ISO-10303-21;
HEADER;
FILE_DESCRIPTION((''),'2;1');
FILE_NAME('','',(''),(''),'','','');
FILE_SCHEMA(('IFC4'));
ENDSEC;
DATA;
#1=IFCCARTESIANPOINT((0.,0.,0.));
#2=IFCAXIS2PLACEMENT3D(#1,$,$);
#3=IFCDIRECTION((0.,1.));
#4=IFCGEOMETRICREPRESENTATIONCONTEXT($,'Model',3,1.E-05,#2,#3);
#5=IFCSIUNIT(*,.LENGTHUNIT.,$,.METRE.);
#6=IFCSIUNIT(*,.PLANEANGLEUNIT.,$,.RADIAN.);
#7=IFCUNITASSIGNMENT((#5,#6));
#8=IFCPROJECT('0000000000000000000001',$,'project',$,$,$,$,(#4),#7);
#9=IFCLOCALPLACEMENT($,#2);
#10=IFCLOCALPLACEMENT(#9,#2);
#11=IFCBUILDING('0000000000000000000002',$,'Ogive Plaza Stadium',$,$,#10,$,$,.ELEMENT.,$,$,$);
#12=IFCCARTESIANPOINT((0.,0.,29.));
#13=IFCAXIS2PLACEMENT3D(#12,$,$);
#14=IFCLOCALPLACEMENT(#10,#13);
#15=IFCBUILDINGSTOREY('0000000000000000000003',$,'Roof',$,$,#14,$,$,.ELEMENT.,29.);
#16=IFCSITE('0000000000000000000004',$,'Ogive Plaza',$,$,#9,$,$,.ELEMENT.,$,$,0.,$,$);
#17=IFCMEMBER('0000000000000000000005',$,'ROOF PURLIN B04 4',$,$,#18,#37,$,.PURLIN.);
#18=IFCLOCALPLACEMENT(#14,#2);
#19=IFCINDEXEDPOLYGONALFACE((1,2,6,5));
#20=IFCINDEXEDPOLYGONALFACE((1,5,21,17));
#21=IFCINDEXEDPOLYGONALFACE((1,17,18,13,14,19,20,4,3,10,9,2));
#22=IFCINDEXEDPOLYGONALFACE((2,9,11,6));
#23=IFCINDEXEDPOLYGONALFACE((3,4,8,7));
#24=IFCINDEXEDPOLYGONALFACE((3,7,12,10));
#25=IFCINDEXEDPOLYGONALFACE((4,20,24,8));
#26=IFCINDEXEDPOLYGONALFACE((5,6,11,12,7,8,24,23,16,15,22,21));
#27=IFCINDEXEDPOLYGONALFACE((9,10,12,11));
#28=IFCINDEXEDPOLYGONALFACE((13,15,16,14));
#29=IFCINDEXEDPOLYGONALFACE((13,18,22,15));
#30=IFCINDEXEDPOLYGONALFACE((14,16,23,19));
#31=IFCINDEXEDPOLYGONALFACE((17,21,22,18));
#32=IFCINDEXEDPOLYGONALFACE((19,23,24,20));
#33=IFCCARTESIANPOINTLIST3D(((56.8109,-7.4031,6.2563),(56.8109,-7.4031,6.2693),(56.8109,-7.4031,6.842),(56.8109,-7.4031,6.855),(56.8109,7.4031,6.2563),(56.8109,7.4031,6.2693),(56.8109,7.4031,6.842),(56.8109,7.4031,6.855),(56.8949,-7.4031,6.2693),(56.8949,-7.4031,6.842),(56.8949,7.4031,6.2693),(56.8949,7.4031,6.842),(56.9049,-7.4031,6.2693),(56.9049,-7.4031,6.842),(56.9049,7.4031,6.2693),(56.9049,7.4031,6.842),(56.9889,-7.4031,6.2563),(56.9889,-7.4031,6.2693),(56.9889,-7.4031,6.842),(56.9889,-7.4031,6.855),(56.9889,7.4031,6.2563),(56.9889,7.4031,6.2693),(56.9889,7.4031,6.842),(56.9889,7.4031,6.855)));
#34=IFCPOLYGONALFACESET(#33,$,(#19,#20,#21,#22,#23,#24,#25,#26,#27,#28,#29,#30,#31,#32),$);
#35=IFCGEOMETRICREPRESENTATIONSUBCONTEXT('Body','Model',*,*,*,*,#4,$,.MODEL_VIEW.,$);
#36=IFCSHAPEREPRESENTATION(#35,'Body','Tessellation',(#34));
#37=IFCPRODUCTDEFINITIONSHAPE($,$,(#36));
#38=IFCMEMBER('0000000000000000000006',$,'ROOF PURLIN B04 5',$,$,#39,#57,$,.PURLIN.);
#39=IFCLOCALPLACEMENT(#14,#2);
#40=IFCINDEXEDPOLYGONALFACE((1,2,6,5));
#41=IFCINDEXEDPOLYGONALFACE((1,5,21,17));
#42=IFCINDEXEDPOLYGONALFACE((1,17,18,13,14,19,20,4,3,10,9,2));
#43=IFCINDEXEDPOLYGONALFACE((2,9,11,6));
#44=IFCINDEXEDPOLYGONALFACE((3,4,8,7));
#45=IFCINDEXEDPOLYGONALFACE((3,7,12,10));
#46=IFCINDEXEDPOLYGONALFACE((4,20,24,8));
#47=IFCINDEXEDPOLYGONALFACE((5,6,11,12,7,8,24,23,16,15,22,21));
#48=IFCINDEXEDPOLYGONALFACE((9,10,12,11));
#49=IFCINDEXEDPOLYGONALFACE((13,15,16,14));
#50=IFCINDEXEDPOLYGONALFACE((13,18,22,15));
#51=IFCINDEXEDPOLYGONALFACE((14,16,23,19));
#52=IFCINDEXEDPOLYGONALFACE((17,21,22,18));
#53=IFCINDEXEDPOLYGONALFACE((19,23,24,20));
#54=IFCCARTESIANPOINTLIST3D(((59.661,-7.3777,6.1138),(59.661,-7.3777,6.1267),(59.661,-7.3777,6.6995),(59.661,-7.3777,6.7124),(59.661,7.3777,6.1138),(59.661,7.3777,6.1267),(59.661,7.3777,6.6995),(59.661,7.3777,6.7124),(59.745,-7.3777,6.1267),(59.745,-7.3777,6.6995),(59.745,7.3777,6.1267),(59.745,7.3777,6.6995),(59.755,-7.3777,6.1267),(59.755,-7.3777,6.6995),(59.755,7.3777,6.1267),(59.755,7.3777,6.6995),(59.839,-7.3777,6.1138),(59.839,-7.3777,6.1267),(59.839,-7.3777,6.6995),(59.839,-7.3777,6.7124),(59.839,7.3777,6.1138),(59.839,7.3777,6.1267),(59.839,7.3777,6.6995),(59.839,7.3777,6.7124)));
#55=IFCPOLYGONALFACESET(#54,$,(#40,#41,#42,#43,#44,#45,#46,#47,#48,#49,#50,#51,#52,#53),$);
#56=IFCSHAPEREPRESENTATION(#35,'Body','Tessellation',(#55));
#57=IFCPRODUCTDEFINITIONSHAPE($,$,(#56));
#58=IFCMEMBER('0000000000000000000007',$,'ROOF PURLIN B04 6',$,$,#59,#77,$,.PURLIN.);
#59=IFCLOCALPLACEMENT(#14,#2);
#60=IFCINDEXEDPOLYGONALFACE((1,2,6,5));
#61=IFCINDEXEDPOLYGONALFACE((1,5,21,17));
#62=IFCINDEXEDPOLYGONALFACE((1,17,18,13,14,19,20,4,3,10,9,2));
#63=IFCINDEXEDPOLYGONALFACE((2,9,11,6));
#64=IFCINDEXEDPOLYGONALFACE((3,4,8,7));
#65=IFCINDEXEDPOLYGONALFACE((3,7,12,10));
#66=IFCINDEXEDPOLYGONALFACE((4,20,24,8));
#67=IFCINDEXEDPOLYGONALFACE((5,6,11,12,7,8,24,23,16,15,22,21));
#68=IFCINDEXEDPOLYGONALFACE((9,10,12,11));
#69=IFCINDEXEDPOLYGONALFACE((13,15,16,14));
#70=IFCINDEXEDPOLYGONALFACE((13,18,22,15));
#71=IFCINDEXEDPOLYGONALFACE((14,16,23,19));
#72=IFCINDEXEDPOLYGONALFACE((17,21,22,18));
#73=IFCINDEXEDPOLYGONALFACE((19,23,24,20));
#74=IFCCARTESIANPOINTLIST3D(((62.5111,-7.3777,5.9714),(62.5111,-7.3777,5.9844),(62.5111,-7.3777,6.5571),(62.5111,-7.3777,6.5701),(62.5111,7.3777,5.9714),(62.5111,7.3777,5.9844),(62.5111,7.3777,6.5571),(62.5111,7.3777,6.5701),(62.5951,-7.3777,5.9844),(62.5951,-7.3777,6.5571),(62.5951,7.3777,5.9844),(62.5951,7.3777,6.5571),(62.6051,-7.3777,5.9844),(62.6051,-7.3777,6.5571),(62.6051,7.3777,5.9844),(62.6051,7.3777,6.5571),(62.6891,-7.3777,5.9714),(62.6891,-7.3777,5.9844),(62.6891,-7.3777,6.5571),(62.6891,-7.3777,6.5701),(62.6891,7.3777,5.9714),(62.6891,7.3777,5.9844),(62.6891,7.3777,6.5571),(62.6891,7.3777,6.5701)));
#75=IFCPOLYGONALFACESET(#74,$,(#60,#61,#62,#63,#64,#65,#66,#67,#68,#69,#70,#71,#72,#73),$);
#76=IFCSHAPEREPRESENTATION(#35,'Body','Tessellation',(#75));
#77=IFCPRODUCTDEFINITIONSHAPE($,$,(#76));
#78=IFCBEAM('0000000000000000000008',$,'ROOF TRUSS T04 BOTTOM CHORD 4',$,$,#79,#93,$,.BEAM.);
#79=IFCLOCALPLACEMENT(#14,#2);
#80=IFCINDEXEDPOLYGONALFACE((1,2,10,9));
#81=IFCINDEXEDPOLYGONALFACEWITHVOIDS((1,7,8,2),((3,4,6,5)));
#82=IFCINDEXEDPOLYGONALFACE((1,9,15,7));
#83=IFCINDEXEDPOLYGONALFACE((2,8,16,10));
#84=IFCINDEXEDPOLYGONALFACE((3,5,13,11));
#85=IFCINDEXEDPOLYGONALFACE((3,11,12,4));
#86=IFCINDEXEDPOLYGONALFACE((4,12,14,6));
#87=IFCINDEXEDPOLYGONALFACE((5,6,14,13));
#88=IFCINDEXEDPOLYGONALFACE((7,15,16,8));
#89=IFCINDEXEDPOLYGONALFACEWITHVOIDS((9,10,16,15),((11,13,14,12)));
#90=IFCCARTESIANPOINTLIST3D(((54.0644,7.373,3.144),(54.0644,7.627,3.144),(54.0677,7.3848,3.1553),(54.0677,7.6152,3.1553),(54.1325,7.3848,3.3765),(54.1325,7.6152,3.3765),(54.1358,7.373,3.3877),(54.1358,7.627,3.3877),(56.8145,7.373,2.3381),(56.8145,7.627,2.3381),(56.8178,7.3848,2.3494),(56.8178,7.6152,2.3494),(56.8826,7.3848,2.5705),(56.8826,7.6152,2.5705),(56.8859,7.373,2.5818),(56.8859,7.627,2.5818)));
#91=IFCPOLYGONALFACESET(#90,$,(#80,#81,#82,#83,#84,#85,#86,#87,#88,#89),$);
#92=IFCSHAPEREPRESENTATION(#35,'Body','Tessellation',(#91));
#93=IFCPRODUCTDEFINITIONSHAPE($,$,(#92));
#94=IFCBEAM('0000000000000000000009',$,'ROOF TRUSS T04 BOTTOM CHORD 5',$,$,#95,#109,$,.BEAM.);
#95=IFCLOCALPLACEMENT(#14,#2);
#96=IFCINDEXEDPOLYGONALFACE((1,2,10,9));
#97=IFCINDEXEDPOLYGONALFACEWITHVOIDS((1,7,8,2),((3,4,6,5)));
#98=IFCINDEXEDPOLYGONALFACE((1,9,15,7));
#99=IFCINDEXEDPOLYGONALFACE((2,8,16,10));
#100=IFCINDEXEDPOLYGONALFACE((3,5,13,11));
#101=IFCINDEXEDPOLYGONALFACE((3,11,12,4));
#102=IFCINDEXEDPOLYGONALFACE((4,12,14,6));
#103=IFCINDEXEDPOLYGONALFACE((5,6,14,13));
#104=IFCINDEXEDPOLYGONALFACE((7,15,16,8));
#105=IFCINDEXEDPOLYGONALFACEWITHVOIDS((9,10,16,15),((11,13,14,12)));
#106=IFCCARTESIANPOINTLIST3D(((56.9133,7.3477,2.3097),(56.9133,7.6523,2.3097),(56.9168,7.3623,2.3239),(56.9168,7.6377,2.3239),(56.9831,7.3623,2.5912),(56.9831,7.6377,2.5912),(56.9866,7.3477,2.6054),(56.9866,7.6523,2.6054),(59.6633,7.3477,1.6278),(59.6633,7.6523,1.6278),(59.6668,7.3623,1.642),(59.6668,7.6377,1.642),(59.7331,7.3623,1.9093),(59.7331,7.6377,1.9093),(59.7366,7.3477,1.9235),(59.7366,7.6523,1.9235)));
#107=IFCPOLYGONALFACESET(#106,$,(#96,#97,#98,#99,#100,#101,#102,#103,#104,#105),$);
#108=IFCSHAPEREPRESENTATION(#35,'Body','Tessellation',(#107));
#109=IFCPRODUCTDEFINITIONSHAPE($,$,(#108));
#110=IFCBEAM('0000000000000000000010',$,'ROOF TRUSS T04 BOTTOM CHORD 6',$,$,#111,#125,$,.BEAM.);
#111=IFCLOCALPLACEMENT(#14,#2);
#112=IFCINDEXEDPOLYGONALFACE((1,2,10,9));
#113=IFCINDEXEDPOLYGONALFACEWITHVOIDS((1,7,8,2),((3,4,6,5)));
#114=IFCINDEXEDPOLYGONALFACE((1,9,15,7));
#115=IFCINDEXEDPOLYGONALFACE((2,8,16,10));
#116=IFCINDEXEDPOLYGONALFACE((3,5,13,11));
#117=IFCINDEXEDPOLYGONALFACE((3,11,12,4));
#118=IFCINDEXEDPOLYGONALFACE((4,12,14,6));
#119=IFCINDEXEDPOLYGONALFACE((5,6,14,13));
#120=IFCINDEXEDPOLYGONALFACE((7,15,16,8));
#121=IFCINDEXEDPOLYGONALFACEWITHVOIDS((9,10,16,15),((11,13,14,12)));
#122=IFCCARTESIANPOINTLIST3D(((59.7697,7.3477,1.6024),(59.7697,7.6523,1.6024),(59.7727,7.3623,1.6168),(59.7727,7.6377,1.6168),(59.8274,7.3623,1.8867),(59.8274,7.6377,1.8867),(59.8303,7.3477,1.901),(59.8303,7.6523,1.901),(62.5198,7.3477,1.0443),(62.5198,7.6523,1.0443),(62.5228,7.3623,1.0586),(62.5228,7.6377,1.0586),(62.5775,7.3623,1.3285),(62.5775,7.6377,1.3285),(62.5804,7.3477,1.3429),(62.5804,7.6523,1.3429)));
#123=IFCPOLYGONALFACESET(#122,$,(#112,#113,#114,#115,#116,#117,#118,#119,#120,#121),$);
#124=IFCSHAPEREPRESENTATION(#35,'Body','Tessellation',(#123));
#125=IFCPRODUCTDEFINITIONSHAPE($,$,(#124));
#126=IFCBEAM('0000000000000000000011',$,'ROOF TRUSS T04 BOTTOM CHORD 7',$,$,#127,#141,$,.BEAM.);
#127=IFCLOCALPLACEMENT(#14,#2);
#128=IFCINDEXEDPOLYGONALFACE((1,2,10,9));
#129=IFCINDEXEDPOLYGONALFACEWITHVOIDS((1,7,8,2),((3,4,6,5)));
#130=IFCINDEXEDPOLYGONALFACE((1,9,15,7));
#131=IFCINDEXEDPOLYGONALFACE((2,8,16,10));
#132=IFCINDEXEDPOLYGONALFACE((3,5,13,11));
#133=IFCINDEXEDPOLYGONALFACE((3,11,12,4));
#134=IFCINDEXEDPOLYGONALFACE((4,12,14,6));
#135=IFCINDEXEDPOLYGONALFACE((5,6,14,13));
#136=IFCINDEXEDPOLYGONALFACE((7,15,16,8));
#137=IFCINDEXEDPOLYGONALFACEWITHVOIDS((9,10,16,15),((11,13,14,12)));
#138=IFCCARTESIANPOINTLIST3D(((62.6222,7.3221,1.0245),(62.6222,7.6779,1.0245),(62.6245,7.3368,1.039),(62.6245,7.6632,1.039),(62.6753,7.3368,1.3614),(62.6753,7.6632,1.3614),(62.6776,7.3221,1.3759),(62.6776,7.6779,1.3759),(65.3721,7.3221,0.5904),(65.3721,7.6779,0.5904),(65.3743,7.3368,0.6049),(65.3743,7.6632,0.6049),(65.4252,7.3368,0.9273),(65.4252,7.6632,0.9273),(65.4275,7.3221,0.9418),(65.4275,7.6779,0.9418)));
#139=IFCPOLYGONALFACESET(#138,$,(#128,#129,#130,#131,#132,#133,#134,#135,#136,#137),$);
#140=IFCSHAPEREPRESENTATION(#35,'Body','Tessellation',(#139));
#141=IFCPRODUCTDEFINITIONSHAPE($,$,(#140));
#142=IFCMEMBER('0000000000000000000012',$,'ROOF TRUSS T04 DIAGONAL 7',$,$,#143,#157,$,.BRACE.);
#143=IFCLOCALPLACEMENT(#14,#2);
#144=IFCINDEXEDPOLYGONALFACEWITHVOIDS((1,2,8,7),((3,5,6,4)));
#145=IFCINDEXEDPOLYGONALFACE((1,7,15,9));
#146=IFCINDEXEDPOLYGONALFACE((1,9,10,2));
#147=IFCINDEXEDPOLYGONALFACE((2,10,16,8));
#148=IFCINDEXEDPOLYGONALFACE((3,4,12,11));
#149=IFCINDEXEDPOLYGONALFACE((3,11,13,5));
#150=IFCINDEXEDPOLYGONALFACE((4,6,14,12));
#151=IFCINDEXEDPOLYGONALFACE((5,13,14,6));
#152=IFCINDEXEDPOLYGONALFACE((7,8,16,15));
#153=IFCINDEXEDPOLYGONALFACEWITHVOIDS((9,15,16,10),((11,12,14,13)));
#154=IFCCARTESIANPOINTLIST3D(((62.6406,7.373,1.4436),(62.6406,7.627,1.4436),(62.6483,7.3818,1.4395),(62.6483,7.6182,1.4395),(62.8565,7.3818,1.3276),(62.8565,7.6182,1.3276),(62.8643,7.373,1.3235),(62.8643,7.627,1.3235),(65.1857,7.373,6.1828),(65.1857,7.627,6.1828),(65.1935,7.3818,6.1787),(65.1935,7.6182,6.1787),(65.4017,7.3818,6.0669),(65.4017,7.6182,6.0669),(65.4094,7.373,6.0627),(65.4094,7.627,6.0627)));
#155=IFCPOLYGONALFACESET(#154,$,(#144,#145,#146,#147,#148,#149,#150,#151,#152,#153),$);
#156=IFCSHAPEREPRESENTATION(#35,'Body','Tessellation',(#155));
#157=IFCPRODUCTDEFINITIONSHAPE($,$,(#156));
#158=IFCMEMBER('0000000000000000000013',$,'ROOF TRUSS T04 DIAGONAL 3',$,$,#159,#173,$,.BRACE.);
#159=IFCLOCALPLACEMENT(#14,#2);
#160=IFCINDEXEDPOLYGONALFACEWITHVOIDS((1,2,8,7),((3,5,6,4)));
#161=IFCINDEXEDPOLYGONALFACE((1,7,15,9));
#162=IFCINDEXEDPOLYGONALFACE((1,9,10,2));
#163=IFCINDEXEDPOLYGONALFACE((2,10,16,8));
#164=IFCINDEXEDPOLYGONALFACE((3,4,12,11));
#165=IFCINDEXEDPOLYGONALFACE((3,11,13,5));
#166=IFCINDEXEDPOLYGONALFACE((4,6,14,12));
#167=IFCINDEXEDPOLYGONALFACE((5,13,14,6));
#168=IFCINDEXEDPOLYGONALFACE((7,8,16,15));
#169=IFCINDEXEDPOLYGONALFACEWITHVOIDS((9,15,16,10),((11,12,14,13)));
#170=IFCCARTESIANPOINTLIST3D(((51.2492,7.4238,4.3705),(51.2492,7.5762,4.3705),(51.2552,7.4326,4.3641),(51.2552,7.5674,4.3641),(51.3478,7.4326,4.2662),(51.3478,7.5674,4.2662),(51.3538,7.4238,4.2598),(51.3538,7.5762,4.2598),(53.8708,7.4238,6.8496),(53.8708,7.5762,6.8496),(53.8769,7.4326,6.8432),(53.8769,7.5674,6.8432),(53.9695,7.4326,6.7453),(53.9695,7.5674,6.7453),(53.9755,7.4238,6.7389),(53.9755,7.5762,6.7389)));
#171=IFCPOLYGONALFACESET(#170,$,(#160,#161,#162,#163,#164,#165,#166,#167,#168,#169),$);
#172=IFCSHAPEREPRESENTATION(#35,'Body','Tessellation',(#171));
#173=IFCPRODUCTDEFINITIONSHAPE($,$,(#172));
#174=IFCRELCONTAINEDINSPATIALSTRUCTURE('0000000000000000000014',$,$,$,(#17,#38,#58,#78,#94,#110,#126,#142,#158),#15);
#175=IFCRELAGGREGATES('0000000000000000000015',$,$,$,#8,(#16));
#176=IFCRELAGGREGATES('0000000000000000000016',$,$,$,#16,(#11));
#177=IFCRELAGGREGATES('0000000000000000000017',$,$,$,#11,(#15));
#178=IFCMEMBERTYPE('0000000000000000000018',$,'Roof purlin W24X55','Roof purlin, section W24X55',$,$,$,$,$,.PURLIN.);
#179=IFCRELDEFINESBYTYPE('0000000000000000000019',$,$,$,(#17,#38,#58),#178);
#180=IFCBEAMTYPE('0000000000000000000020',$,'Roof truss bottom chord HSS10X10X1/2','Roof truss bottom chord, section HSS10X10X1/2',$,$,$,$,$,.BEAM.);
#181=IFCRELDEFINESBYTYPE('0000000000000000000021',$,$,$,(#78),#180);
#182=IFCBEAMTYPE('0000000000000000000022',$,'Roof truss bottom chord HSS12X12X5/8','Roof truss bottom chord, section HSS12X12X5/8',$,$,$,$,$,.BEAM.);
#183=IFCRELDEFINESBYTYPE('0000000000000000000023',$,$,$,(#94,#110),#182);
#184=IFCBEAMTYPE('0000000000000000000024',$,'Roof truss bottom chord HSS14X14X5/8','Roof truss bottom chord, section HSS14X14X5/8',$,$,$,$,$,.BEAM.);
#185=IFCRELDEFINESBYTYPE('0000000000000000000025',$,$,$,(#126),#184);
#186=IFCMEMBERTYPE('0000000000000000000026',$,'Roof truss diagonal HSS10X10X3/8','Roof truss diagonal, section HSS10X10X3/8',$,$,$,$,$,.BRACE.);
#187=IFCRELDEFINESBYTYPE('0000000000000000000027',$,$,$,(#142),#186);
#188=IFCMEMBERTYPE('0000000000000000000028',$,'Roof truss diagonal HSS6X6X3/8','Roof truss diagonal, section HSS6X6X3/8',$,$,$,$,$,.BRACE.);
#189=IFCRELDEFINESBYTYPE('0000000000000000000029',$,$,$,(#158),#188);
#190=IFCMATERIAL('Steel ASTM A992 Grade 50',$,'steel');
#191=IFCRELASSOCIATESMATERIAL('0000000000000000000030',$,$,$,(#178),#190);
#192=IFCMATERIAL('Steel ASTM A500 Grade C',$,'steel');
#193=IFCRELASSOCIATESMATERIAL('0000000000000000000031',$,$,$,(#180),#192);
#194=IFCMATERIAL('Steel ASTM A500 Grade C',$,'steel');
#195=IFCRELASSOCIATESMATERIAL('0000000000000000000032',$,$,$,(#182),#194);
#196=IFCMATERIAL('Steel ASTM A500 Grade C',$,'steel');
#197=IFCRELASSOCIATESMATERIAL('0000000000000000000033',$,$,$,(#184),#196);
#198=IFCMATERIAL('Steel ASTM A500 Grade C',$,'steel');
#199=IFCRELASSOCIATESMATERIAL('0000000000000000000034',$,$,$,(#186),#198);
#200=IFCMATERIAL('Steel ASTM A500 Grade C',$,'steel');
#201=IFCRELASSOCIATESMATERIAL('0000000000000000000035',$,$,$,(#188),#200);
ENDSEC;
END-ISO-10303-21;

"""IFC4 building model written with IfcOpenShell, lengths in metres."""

from ifc_helpers import new_model, si_unit, direction, frame, origin, origin_2d, place, context, subcontext, project, spatial, hollow_rectangle, i_section, extrude, material, material_profile, profile_set, type_object, element, save


model = new_model("IFC4")

# Units and contexts
model_context = context("Model", 3, precision=1e-05, world=origin(), true_north=direction((0.0, 1.0)))
body_context = subcontext(model_context, "Body", "Model", "MODEL_VIEW")
ifc_project = project(units=[si_unit("LENGTHUNIT", "METRE"), si_unit("PLANEANGLEUNIT", "RADIAN")], contexts=[model_context])

# Site, building, storey
site_placement = place(None, origin())
site = spatial("IfcSite", under=ifc_project, at=site_placement, Name="Ogive Plaza", CompositionType="ELEMENT", RefElevation=0.0)
building_placement = place(site_placement, origin())
building = spatial("IfcBuilding", under=site, at=building_placement, Name="Ogive Plaza Stadium", CompositionType="ELEMENT")
storey_placement = place(building_placement, frame((0.0, 0.0, 29.0)))
storey = spatial("IfcBuildingStorey", under=building, at=storey_placement, Name="Roof", CompositionType="ELEMENT", Elevation=29.0)

# Members
ifc_material_1 = material(Name="Steel ASTM A992 Grade 50", Category="steel")
ifc_material_profile_1 = material_profile(ifc_material_1, i_section(OverallWidth=0.178, OverallDepth=0.5986, WebThickness=0.01, FlangeThickness=0.0129, at=origin_2d()), Name="W24X55")
ifc_profile_set_1 = profile_set([ifc_material_profile_1], Name="Steel ASTM A992 Grade 50")
member_type_1 = type_object("IfcMemberType", Name="Roof purlin W24X55", Description="Roof purlin, section W24X55", PredefinedType="PURLIN", material=ifc_profile_set_1)
member_1_placement = place(storey_placement, frame((56.8999, 7.4031, 6.5557), z_axis=(0.0, -1.0, 0.0), x_axis=(1.0, 0.0, 0.0)))
element("IfcMember", 1, at=member_1_placement, inside=storey, type_object=member_type_1, Name="ROOF PURLIN B04 4", PredefinedType="PURLIN", context=body_context, shape_type="SweptSolid", body=[
    extrude(i_section(OverallWidth=0.178, OverallDepth=0.5986, WebThickness=0.01, FlangeThickness=0.0129, at=origin_2d()), origin(), (0.0, 0.0, 1.0), 14.8062),
])
for number, where, z_axis, x_axis, name in (
    (2, (59.75, 7.3777, 6.4131), (0.0, -1.0, 0.0), (1.0, 0.0, 0.0), "ROOF PURLIN B04 5"),
    (3, (62.6001, 7.3777, 6.2708), (0.0, -1.0, 0.0), (1.0, 0.0, 0.0), "ROOF PURLIN B04 6"),
):
    element("IfcMember", number, at=place(storey_placement, frame(where, z_axis=z_axis, x_axis=x_axis)), inside=storey, type_object=member_type_1, Name=name, PredefinedType="PURLIN", context=body_context, shape_type="SweptSolid", body=[
        extrude(i_section(OverallWidth=0.178, OverallDepth=0.5986, WebThickness=0.01, FlangeThickness=0.0129, at=origin_2d()), origin(), (0.0, 0.0, 1.0), 14.7554),
    ])

# Beams
ifc_material_2 = material(Name="Steel ASTM A500 Grade C", Category="steel")
ifc_material_profile_2 = material_profile(ifc_material_2, hollow_rectangle(XDim=0.2539, YDim=0.2539, WallThickness=0.0117, at=origin_2d()), Name="HSS10X10X1/2")
ifc_profile_set_2 = profile_set([ifc_material_profile_2], Name="Steel ASTM A500 Grade C")
beam_type_1 = type_object("IfcBeamType", Name="Roof truss bottom chord HSS10X10X1/2", Description="Roof truss bottom chord, section HSS10X10X1/2", PredefinedType="BEAM", material=ifc_profile_set_2)
beam_1_placement = place(storey_placement, frame((54.1001, 7.5, 3.2659), z_axis=(0.95964, 0.0, -0.28123), x_axis=(0.0, 1.0, 0.0)))
element("IfcBeam", 4, at=beam_1_placement, inside=storey, type_object=beam_type_1, Name="ROOF TRUSS T04 BOTTOM CHORD 4", PredefinedType="BEAM", context=body_context, shape_type="SweptSolid", body=[
    extrude(hollow_rectangle(XDim=0.2539, YDim=0.2539, WallThickness=0.0117, at=origin_2d()), origin(), (0.0, 0.0, 1.0), 2.8657),
])
ifc_material_3 = material(Name="Steel ASTM A500 Grade C", Category="steel")
ifc_material_profile_3 = material_profile(ifc_material_3, hollow_rectangle(XDim=0.3047, YDim=0.3047, WallThickness=0.0146, at=origin_2d()), Name="HSS12X12X5/8")
ifc_profile_set_3 = profile_set([ifc_material_profile_3], Name="Steel ASTM A500 Grade C")
beam_type_2 = type_object("IfcBeamType", Name="Roof truss bottom chord HSS12X12X5/8", Description="Roof truss bottom chord, section HSS12X12X5/8", PredefinedType="BEAM", material=ifc_profile_set_3)
beam_2_placement = place(storey_placement, frame((56.95, 7.5, 2.4575), z_axis=(0.970607, 0.0, -0.24067), x_axis=(0.0, 1.0, 0.0)))
element("IfcBeam", 5, at=beam_2_placement, inside=storey, type_object=beam_type_2, Name="ROOF TRUSS T04 BOTTOM CHORD 5", PredefinedType="BEAM", context=body_context, shape_type="SweptSolid", body=[
    extrude(hollow_rectangle(XDim=0.3047, YDim=0.3047, WallThickness=0.0146, at=origin_2d()), origin(), (0.0, 0.0, 1.0), 2.8333),
])
beam_3_placement = place(storey_placement, frame((59.8, 7.5, 1.7517), z_axis=(0.980021, 0.0, -0.198893), x_axis=(0.0, 1.0, 0.0)))
element("IfcBeam", 6, at=beam_3_placement, inside=storey, type_object=beam_type_2, Name="ROOF TRUSS T04 BOTTOM CHORD 6", PredefinedType="BEAM", context=body_context, shape_type="SweptSolid", body=[
    extrude(hollow_rectangle(XDim=0.3047, YDim=0.3047, WallThickness=0.0146, at=origin_2d()), origin(), (0.0, 0.0, 1.0), 2.8062),
])
ifc_material_4 = material(Name="Steel ASTM A500 Grade C", Category="steel")
ifc_material_profile_4 = material_profile(ifc_material_4, hollow_rectangle(XDim=0.3557, YDim=0.3557, WallThickness=0.0146, at=origin_2d()), Name="HSS14X14X5/8")
ifc_profile_set_4 = profile_set([ifc_material_profile_4], Name="Steel ASTM A500 Grade C")
beam_type_3 = type_object("IfcBeamType", Name="Roof truss bottom chord HSS14X14X5/8", Description="Roof truss bottom chord, section HSS14X14X5/8", PredefinedType="BEAM", material=ifc_profile_set_4)
beam_4_placement = place(storey_placement, frame((62.6499, 7.5, 1.2002), z_axis=(0.98777, 0.0, -0.155918), x_axis=(0.0, 1.0, 0.0)))
element("IfcBeam", 7, at=beam_4_placement, inside=storey, type_object=beam_type_3, Name="ROOF TRUSS T04 BOTTOM CHORD 7", PredefinedType="BEAM", context=body_context, shape_type="SweptSolid", body=[
    extrude(hollow_rectangle(XDim=0.3557, YDim=0.3557, WallThickness=0.0146, at=origin_2d()), origin(), (0.0, 0.0, 1.0), 2.7839),
])

# Members
ifc_material_5 = material(Name="Steel ASTM A500 Grade C", Category="steel")
ifc_material_profile_5 = material_profile(ifc_material_5, hollow_rectangle(XDim=0.2539, YDim=0.2539, WallThickness=0.0088, at=origin_2d()), Name="HSS10X10X3/8")
ifc_profile_set_5 = profile_set([ifc_material_profile_5], Name="Steel ASTM A500 Grade C")
member_type_2 = type_object("IfcMemberType", Name="Roof truss diagonal HSS10X10X3/8", Description="Roof truss diagonal, section HSS10X10X3/8", PredefinedType="BRACE", material=ifc_profile_set_5)
member_2_placement = place(storey_placement, frame((62.7524, 7.5, 1.3835), z_axis=(0.473128, 0.0, 0.880994), x_axis=(0.0, 1.0, 0.0)))
element("IfcMember", 8, at=member_2_placement, inside=storey, type_object=member_type_2, Name="ROOF TRUSS T04 DIAGONAL 7", PredefinedType="BRACE", context=body_context, shape_type="SweptSolid", body=[
    extrude(hollow_rectangle(XDim=0.2539, YDim=0.2539, WallThickness=0.0088, at=origin_2d()), origin(), (0.0, 0.0, 1.0), 5.3794),
])
ifc_material_6 = material(Name="Steel ASTM A500 Grade C", Category="steel")
ifc_material_profile_6 = material_profile(ifc_material_6, hollow_rectangle(XDim=0.1523, YDim=0.1523, WallThickness=0.0088, at=origin_2d()), Name="HSS6X6X3/8")
ifc_profile_set_6 = profile_set([ifc_material_profile_6], Name="Steel ASTM A500 Grade C")
member_type_3 = type_object("IfcMemberType", Name="Roof truss diagonal HSS6X6X3/8", Description="Roof truss diagonal, section HSS6X6X3/8", PredefinedType="BRACE", material=ifc_profile_set_6)
member_3_placement = place(storey_placement, frame((51.3015, 7.5, 4.3152), z_axis=(0.726589, 0.0, 0.687072), x_axis=(0.0, 1.0, 0.0)))
element("IfcMember", 9, at=member_3_placement, inside=storey, type_object=member_type_3, Name="ROOF TRUSS T04 DIAGONAL 3", PredefinedType="BRACE", context=body_context, shape_type="SweptSolid", body=[
    extrude(hollow_rectangle(XDim=0.1523, YDim=0.1523, WallThickness=0.0088, at=origin_2d()), origin(), (0.0, 0.0, 1.0), 3.6082),
])

save(model, "model.ifc")
